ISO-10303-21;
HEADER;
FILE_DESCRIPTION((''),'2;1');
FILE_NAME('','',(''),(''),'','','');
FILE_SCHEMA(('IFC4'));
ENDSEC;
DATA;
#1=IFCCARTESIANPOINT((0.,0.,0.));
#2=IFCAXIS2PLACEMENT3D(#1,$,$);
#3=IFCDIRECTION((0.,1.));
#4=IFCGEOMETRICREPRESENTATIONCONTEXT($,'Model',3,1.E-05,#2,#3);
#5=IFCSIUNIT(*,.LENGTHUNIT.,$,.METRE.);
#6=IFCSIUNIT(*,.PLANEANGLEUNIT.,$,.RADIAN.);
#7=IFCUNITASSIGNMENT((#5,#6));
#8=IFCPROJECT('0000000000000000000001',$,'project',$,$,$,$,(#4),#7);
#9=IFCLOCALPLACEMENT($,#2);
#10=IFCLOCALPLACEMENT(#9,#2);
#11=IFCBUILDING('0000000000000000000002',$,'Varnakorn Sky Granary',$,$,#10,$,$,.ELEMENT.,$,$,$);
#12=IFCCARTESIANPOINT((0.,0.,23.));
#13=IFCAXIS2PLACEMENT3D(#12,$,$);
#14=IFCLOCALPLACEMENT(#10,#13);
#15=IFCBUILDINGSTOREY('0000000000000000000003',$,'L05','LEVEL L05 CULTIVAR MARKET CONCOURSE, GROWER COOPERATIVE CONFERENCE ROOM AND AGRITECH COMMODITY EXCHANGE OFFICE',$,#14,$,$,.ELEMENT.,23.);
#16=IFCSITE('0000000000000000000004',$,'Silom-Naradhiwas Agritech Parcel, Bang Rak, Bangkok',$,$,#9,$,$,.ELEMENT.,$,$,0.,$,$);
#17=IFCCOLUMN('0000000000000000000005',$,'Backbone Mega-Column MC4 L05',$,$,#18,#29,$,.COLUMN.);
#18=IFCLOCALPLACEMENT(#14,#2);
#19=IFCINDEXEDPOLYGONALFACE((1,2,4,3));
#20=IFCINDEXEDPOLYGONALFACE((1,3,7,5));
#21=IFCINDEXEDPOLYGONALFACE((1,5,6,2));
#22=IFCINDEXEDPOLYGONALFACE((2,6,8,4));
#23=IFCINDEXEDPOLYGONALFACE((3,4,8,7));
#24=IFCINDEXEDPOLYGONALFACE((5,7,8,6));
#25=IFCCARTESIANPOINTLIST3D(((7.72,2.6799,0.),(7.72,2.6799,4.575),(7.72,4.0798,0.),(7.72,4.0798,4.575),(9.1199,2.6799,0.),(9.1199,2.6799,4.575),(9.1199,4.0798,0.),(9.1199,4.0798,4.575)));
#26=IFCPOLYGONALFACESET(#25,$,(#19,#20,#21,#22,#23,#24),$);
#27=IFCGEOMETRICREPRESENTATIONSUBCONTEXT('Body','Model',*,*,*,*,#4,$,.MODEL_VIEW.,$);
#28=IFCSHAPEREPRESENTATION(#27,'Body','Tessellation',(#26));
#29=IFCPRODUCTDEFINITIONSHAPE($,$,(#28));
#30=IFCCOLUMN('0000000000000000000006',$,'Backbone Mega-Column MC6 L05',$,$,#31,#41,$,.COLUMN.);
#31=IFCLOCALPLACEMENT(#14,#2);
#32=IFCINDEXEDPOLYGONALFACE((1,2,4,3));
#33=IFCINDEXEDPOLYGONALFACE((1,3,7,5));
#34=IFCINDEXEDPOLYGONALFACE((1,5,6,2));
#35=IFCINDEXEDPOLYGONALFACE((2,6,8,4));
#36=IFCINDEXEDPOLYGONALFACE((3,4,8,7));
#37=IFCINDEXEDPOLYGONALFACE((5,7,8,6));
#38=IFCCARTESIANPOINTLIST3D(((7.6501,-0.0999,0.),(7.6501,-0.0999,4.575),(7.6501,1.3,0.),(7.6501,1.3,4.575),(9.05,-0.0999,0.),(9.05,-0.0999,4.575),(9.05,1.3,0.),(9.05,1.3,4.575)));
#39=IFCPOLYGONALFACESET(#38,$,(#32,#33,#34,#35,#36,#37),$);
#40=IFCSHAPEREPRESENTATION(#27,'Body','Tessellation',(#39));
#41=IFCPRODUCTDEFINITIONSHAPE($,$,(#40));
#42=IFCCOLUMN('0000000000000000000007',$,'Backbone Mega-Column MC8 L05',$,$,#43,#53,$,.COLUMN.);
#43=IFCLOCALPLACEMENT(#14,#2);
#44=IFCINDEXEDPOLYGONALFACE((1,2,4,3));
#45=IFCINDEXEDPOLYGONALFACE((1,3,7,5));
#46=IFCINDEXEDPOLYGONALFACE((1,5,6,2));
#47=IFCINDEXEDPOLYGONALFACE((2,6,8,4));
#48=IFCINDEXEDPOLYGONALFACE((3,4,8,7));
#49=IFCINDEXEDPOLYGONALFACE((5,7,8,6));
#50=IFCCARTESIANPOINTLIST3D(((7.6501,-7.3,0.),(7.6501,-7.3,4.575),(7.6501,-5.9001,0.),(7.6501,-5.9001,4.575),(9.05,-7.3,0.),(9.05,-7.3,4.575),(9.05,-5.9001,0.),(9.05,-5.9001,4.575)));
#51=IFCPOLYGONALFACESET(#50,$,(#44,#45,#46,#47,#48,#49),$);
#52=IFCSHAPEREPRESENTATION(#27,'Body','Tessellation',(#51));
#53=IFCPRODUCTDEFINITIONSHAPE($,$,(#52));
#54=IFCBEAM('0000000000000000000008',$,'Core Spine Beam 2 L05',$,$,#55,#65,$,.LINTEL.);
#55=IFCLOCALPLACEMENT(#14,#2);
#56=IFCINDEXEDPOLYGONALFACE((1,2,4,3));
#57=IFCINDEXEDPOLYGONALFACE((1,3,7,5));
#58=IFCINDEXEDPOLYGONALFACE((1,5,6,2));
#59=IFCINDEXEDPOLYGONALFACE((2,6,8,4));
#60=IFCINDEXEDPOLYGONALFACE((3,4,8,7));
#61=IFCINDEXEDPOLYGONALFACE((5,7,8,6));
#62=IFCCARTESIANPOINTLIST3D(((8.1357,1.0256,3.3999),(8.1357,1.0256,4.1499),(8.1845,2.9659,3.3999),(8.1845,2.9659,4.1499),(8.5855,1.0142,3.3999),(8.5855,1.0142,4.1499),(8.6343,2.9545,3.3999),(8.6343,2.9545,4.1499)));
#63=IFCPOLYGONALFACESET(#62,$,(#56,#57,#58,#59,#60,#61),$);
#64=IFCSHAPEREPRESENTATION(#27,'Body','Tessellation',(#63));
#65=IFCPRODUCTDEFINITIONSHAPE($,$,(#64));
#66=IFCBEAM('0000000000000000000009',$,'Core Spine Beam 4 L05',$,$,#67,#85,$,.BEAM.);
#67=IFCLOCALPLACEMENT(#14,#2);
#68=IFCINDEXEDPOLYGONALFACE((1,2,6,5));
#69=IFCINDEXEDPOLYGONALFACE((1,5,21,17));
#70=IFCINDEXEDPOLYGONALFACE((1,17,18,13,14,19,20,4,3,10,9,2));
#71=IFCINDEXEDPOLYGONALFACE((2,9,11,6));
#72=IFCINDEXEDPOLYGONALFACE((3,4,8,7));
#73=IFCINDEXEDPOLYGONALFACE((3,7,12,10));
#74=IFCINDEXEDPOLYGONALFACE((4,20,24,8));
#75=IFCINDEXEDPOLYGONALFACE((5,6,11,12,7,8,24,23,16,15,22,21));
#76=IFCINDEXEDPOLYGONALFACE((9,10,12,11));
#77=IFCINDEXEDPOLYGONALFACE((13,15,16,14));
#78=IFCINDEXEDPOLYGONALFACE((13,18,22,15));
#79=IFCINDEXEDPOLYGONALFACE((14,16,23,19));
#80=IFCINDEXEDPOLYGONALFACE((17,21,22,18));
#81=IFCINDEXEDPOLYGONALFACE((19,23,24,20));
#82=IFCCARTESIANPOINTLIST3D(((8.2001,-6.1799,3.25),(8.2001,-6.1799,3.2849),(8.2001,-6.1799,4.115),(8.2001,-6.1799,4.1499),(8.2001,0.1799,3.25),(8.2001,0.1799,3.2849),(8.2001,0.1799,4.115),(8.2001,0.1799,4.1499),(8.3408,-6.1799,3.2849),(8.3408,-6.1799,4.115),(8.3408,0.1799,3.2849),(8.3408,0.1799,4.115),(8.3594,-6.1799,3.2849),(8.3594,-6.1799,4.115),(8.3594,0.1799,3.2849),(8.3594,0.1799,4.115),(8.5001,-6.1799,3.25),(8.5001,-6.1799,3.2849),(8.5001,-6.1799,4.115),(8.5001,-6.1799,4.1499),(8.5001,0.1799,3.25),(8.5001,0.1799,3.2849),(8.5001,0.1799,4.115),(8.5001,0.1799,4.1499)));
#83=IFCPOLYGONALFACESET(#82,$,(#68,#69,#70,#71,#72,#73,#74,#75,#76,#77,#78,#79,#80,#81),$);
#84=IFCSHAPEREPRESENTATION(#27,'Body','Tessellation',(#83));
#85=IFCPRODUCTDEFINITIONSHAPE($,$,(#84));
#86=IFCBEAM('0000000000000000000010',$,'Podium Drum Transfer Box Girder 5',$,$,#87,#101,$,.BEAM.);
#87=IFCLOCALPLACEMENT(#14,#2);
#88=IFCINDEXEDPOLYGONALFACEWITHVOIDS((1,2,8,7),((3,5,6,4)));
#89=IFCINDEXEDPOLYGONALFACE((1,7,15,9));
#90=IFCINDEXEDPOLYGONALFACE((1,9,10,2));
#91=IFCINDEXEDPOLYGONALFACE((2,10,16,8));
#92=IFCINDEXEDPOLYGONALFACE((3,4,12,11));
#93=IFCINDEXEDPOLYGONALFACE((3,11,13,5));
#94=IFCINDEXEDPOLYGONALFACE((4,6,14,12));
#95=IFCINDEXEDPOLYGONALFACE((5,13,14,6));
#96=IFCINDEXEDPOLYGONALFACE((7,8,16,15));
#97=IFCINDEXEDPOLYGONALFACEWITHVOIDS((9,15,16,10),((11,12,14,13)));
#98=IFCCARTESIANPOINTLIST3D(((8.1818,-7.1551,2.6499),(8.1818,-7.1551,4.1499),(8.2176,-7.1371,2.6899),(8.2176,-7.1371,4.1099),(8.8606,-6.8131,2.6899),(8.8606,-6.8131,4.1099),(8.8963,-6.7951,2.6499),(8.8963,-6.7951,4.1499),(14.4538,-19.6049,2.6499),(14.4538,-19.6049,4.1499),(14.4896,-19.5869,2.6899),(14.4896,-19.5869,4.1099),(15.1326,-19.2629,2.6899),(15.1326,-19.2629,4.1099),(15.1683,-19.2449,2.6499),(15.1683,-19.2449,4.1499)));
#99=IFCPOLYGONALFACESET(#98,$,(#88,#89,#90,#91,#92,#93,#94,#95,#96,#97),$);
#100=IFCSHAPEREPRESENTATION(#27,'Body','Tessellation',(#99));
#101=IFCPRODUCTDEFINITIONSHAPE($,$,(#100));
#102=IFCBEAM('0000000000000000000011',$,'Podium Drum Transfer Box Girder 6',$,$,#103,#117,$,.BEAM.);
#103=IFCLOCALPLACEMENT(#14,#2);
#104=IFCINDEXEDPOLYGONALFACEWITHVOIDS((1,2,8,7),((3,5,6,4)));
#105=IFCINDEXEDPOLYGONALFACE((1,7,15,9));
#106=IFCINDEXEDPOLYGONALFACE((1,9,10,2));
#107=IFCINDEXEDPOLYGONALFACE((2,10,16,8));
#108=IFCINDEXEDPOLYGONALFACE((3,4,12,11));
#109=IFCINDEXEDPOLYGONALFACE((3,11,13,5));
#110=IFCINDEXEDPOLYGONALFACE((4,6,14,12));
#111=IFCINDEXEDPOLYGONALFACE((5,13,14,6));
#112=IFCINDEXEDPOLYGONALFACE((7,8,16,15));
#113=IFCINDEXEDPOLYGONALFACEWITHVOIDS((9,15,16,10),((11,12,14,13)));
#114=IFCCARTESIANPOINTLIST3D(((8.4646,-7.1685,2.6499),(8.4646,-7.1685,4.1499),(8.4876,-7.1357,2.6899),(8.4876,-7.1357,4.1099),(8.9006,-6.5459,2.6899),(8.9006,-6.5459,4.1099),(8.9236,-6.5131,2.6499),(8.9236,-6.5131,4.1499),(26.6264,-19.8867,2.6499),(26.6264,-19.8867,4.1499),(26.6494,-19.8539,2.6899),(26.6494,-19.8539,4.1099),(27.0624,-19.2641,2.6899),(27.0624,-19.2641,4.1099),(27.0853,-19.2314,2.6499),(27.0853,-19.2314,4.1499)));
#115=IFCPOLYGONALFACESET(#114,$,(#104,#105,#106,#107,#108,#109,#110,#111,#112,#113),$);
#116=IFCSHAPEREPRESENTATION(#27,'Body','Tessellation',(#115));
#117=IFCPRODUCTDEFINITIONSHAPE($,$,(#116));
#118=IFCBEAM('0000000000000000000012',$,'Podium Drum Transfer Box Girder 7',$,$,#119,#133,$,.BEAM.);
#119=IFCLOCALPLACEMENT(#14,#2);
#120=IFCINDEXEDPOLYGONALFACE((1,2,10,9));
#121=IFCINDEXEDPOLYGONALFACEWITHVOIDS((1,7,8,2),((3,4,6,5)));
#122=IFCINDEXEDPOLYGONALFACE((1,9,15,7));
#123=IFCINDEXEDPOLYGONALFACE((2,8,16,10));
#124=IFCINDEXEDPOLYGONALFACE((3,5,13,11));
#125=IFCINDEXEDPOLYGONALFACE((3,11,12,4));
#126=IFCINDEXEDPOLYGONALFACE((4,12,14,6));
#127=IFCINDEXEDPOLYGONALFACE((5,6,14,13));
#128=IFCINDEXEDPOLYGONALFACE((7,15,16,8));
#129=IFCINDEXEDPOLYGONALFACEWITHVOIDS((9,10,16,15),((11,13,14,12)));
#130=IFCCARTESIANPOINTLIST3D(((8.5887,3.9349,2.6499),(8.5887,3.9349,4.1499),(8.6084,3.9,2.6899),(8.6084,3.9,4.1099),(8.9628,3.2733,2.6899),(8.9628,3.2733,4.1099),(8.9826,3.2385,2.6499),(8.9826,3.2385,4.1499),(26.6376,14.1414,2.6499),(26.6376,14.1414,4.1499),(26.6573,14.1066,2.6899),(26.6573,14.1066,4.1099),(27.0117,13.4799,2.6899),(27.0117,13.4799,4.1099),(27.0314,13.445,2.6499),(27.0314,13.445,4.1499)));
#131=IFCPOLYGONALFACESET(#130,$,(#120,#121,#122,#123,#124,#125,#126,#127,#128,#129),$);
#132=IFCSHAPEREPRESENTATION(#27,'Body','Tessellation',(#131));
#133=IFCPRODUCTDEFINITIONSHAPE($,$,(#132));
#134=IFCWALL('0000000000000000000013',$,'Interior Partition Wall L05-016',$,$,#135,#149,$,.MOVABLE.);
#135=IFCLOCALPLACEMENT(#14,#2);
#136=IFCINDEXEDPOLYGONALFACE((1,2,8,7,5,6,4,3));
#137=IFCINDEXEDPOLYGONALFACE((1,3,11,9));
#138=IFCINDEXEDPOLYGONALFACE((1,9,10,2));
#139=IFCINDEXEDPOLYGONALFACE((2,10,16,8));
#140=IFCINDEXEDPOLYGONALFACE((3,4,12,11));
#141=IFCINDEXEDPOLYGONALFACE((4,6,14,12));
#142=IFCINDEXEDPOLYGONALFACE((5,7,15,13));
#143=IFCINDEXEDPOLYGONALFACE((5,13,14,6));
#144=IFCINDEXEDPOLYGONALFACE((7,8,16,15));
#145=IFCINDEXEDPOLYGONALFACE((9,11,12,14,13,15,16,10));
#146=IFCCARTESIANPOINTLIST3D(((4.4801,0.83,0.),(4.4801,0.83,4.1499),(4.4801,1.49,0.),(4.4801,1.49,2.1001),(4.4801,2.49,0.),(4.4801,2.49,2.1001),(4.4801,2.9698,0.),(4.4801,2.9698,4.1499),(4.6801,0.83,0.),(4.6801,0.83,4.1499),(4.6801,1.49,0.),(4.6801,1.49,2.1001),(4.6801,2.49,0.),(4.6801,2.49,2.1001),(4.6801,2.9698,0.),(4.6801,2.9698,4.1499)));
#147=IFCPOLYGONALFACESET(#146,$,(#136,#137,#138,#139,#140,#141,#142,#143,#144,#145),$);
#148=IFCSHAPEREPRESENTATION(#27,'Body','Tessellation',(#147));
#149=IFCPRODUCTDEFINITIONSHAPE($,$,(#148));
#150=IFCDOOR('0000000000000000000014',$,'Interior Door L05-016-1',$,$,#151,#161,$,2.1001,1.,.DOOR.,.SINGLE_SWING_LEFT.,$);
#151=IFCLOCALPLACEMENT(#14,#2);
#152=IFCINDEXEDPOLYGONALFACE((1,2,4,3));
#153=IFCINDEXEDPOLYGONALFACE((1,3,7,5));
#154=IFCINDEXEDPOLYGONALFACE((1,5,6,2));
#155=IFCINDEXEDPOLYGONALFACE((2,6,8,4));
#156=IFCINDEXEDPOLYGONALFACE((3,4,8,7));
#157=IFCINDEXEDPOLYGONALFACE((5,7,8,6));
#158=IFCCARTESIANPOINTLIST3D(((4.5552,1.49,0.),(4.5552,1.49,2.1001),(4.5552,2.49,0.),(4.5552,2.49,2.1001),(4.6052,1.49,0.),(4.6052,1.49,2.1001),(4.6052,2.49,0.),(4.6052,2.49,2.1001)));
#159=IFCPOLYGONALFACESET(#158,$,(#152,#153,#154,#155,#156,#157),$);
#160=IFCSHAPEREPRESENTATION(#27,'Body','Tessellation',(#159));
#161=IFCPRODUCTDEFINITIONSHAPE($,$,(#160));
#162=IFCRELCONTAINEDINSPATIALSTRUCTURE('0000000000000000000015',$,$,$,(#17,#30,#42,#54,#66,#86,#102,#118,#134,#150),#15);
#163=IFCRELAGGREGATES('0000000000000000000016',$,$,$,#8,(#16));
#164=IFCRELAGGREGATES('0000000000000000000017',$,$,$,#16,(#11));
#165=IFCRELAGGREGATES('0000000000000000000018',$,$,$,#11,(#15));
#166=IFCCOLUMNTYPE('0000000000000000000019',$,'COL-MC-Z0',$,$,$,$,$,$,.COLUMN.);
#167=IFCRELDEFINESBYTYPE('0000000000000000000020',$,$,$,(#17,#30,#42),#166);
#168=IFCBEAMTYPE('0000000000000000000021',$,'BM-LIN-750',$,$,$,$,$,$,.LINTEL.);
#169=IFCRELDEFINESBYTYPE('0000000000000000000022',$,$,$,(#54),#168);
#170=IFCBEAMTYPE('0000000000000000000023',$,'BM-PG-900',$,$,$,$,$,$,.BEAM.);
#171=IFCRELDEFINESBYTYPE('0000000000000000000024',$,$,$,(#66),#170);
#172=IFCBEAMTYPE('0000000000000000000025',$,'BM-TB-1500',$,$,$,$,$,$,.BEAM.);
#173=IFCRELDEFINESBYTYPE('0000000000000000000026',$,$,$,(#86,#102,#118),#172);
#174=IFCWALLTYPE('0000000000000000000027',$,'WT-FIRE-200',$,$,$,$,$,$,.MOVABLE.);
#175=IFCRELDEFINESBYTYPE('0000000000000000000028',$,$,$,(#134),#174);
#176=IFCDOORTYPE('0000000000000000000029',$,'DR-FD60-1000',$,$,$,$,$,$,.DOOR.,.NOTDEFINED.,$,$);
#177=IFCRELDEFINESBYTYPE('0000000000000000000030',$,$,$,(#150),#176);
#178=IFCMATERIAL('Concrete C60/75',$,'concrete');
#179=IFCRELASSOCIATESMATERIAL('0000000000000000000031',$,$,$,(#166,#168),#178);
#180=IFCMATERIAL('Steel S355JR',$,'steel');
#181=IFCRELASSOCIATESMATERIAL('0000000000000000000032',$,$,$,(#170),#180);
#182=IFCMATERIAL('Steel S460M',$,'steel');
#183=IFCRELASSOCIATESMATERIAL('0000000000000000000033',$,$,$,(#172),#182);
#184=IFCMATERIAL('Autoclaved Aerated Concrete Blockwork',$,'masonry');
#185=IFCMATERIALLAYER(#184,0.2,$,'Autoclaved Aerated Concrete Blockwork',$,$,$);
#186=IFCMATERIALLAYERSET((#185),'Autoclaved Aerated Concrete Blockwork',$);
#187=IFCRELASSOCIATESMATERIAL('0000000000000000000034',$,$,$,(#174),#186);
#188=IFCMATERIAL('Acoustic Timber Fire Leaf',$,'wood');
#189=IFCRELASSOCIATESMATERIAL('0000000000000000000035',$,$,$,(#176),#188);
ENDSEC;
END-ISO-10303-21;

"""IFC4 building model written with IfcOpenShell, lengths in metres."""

from ifc_helpers import new_model, si_unit, direction, frame, frame_2d, origin, origin_2d, place, context, subcontext, project, spatial, rectangle, hollow_rectangle, i_section, extrude, material, layer, layer_set, material_profile, profile_set, type_object, element, fill, save


model = new_model("IFC4")

# Units and contexts
model_context = context("Model", 3, precision=1e-05, world=origin(), true_north=direction((0.0, 1.0)))
body_context = subcontext(model_context, "Body", "Model", "MODEL_VIEW")
ifc_project = project(units=[si_unit("LENGTHUNIT", "METRE"), si_unit("PLANEANGLEUNIT", "RADIAN")], contexts=[model_context])

# Site, building, storey
site_placement = place(None, origin())
site = spatial("IfcSite", under=ifc_project, at=site_placement, Name="Silom-Naradhiwas Agritech Parcel, Bang Rak, Bangkok", CompositionType="ELEMENT", RefElevation=0.0)
building_placement = place(site_placement, origin())
building = spatial("IfcBuilding", under=site, at=building_placement, Name="Varnakorn Sky Granary", CompositionType="ELEMENT")
storey_placement = place(building_placement, frame((0.0, 0.0, 23.0)))
storey = spatial("IfcBuildingStorey", under=building, at=storey_placement, Name="L05", Description="LEVEL L05 CULTIVAR MARKET CONCOURSE, GROWER COOPERATIVE CONFERENCE ROOM AND AGRITECH COMMODITY EXCHANGE OFFICE", CompositionType="ELEMENT", Elevation=23.0)

# Columns
ifc_material_1 = material(Name="Concrete C60/75", Category="concrete")
ifc_material_profile_1 = material_profile(ifc_material_1, rectangle(XDim=1.3999, YDim=1.3999, at=origin_2d()), Name="RC 1400x1400")
ifc_profile_set_1 = profile_set([ifc_material_profile_1], Name="Concrete C60/75")
column_type = type_object("IfcColumnType", Name="COL-MC-Z0", PredefinedType="COLUMN", material=ifc_profile_set_1)
for number, where, z_axis, x_axis, name in (
    (1, (8.4199, 3.3799, 0.0), (0.0, 0.0, 1.0), (1.0, 0.0, 0.0), "Backbone Mega-Column MC4 L05"),
    (2, (8.3501, 0.6001, 0.0), (0.0, 0.0, 1.0), (1.0, 0.0, 0.0), "Backbone Mega-Column MC6 L05"),
    (3, (8.3501, -6.6001, 0.0), (0.0, 0.0, 1.0), (1.0, 0.0, 0.0), "Backbone Mega-Column MC8 L05"),
):
    element("IfcColumn", number, at=place(storey_placement, frame(where, z_axis=z_axis, x_axis=x_axis)), inside=storey, type_object=column_type, Name=name, PredefinedType="COLUMN", context=body_context, shape_type="SweptSolid", body=[
        extrude(rectangle(XDim=1.3999, YDim=1.3999, at=origin_2d()), origin(), (0.0, 0.0, 1.0), 4.575),
    ])

# Beams
ifc_material_profile_2 = material_profile(ifc_material_1, rectangle(XDim=0.45, YDim=0.75, at=origin_2d()), Name="RC 450x750")
ifc_profile_set_2 = profile_set([ifc_material_profile_2], Name="Concrete C60/75")
beam_type_1 = type_object("IfcBeamType", Name="BM-LIN-750", PredefinedType="LINTEL", material=ifc_profile_set_2)
beam_1_placement = place(storey_placement, frame((8.4094, 2.9602, 3.7749), z_axis=(-0.025159, -0.999683, 0.0), x_axis=(0.999683, -0.025159, 0.0)))
element("IfcBeam", 4, at=beam_1_placement, inside=storey, type_object=beam_type_1, Name="Core Spine Beam 2 L05", PredefinedType="LINTEL", context=body_context, shape_type="SweptSolid", body=[
    extrude(rectangle(XDim=0.45, YDim=0.75, at=origin_2d()), origin(), (0.0, 0.0, 1.0), 1.9409),
])
ifc_material_2 = material(Name="Steel S355JR", Category="steel")
ifc_material_profile_3 = material_profile(ifc_material_2, i_section(OverallWidth=0.3, OverallDepth=0.8999, WebThickness=0.0186, FlangeThickness=0.0349, at=origin_2d()), Name="HE 900 B")
ifc_profile_set_3 = profile_set([ifc_material_profile_3], Name="Steel S355JR")
beam_type_2 = type_object("IfcBeamType", Name="BM-PG-900", PredefinedType="BEAM", material=ifc_profile_set_3)
beam_2_placement = place(storey_placement, frame((8.3501, 0.1799, 3.7), z_axis=(0.0, -1.0, 0.0), x_axis=(1.0, 0.0, 0.0)))
element("IfcBeam", 5, at=beam_2_placement, inside=storey, type_object=beam_type_2, Name="Core Spine Beam 4 L05", PredefinedType="BEAM", context=body_context, shape_type="SweptSolid", body=[
    extrude(i_section(OverallWidth=0.3, OverallDepth=0.8999, WebThickness=0.0186, FlangeThickness=0.0349, at=origin_2d()), origin(), (0.0, 0.0, 1.0), 6.3599),
])
ifc_material_3 = material(Name="Steel S460M", Category="steel")
ifc_material_profile_4 = material_profile(ifc_material_3, hollow_rectangle(XDim=0.8, YDim=1.5, WallThickness=0.04, at=origin_2d()), Name="BOX 800x1500x40")
ifc_profile_set_4 = profile_set([ifc_material_profile_4], Name="Steel S460M")
beam_type_3 = type_object("IfcBeamType", Name="BM-TB-1500", PredefinedType="BEAM", material=ifc_profile_set_4)
beam_3_placement = place(storey_placement, frame((8.5391, -6.9751, 3.3999), z_axis=(0.449916, -0.893071, 0.0), x_axis=(0.893071, 0.449916, 0.0)))
element("IfcBeam", 6, at=beam_3_placement, inside=storey, type_object=beam_type_3, Name="Podium Drum Transfer Box Girder 5", PredefinedType="BEAM", context=body_context, shape_type="SweptSolid", body=[
    extrude(hollow_rectangle(XDim=0.8, YDim=1.5, WallThickness=0.04, at=origin_2d()), origin(), (0.0, 0.0, 1.0), 13.9404),
])
beam_4_placement = place(storey_placement, frame((8.6941, -6.8408, 3.3999), z_axis=(0.819127, -0.573612, 0.0), x_axis=(0.573612, 0.819127, 0.0)))
element("IfcBeam", 7, at=beam_4_placement, inside=storey, type_object=beam_type_3, Name="Podium Drum Transfer Box Girder 6", PredefinedType="BEAM", context=body_context, shape_type="SweptSolid", body=[
    extrude(hollow_rectangle(XDim=0.8, YDim=1.5, WallThickness=0.04, at=origin_2d()), origin(), (0.0, 0.0, 1.0), 22.1721),
])
beam_5_placement = place(storey_placement, frame((8.7856, 3.5867, 3.3999), z_axis=(0.870459, 0.492241, 0.0), x_axis=(-0.492241, 0.870459, 0.0)))
element("IfcBeam", 8, at=beam_5_placement, inside=storey, type_object=beam_type_3, Name="Podium Drum Transfer Box Girder 7", PredefinedType="BEAM", context=body_context, shape_type="SweptSolid", body=[
    extrude(hollow_rectangle(XDim=0.8, YDim=1.5, WallThickness=0.04, at=origin_2d()), origin(), (0.0, 0.0, 1.0), 20.7349),
])

# Wall, opening, door
ifc_material_4 = material(Name="Autoclaved Aerated Concrete Blockwork", Category="masonry")
ifc_layer_1 = layer(ifc_material_4, 0.2, Name="Autoclaved Aerated Concrete Blockwork")
ifc_layer_set_1 = layer_set([ifc_layer_1], Name="Autoclaved Aerated Concrete Blockwork")
wall_type_1 = type_object("IfcWallType", Name="WT-FIRE-200", PredefinedType="MOVABLE", material=ifc_layer_set_1)
wall_1_placement = place(storey_placement, frame((4.5801, 0.8301, 0.0), z_axis=(0.0, 0.0, 1.0), x_axis=(0.0, 1.0, 0.0)))
wall_1 = element("IfcWall", 9, at=wall_1_placement, inside=storey, type_object=wall_type_1, Name="Interior Partition Wall L05-016", PredefinedType="MOVABLE", context=body_context, shape_type="SweptSolid", body=[
    extrude(rectangle(XDim=2.1399, YDim=0.2, at=frame_2d((1.0698, 0.0))), origin(), (0.0, 0.0, 1.0), 4.1499),
])
opening_1_placement = place(wall_1_placement, frame((0.6599, 0.0, 0.0)))
opening_1 = element("IfcOpeningElement", 10, at=opening_1_placement, cuts=wall_1, PredefinedType="OPENING", context=body_context, shape_type="SweptSolid", body=[
    extrude(rectangle(XDim=1.0, YDim=2.1001, at=frame_2d((0.5, 1.05))), frame((0.0, 0.1099, 0.0), z_axis=(0.0, -1.0, 0.0), x_axis=(1.0, 0.0, 0.0)), (0.0, 0.0, 1.0), 0.22),
])
ifc_material_5 = material(Name="Acoustic Timber Fire Leaf", Category="wood")
door_type_1 = type_object("IfcDoorType", Name="DR-FD60-1000", OperationType="NOTDEFINED", PredefinedType="DOOR", material=ifc_material_5)
door_1_placement = place(opening_1_placement, origin())
door_1 = element("IfcDoor", 11, at=door_1_placement, inside=storey, type_object=door_type_1, Name="Interior Door L05-016-1", OperationType="SINGLE_SWING_LEFT", OverallHeight=2.1001, OverallWidth=1.0, PredefinedType="DOOR", context=body_context, shape_type="SweptSolid", body=[
    extrude(rectangle(XDim=1.0, YDim=2.1001, at=frame_2d((0.5, 1.05))), frame((0.0, 0.0249, 0.0), z_axis=(0.0, -1.0, 0.0), x_axis=(1.0, 0.0, 0.0)), (0.0, 0.0, 1.0), 0.05),
])
fill(opening_1, door_1)

save(model, "model.ifc")
